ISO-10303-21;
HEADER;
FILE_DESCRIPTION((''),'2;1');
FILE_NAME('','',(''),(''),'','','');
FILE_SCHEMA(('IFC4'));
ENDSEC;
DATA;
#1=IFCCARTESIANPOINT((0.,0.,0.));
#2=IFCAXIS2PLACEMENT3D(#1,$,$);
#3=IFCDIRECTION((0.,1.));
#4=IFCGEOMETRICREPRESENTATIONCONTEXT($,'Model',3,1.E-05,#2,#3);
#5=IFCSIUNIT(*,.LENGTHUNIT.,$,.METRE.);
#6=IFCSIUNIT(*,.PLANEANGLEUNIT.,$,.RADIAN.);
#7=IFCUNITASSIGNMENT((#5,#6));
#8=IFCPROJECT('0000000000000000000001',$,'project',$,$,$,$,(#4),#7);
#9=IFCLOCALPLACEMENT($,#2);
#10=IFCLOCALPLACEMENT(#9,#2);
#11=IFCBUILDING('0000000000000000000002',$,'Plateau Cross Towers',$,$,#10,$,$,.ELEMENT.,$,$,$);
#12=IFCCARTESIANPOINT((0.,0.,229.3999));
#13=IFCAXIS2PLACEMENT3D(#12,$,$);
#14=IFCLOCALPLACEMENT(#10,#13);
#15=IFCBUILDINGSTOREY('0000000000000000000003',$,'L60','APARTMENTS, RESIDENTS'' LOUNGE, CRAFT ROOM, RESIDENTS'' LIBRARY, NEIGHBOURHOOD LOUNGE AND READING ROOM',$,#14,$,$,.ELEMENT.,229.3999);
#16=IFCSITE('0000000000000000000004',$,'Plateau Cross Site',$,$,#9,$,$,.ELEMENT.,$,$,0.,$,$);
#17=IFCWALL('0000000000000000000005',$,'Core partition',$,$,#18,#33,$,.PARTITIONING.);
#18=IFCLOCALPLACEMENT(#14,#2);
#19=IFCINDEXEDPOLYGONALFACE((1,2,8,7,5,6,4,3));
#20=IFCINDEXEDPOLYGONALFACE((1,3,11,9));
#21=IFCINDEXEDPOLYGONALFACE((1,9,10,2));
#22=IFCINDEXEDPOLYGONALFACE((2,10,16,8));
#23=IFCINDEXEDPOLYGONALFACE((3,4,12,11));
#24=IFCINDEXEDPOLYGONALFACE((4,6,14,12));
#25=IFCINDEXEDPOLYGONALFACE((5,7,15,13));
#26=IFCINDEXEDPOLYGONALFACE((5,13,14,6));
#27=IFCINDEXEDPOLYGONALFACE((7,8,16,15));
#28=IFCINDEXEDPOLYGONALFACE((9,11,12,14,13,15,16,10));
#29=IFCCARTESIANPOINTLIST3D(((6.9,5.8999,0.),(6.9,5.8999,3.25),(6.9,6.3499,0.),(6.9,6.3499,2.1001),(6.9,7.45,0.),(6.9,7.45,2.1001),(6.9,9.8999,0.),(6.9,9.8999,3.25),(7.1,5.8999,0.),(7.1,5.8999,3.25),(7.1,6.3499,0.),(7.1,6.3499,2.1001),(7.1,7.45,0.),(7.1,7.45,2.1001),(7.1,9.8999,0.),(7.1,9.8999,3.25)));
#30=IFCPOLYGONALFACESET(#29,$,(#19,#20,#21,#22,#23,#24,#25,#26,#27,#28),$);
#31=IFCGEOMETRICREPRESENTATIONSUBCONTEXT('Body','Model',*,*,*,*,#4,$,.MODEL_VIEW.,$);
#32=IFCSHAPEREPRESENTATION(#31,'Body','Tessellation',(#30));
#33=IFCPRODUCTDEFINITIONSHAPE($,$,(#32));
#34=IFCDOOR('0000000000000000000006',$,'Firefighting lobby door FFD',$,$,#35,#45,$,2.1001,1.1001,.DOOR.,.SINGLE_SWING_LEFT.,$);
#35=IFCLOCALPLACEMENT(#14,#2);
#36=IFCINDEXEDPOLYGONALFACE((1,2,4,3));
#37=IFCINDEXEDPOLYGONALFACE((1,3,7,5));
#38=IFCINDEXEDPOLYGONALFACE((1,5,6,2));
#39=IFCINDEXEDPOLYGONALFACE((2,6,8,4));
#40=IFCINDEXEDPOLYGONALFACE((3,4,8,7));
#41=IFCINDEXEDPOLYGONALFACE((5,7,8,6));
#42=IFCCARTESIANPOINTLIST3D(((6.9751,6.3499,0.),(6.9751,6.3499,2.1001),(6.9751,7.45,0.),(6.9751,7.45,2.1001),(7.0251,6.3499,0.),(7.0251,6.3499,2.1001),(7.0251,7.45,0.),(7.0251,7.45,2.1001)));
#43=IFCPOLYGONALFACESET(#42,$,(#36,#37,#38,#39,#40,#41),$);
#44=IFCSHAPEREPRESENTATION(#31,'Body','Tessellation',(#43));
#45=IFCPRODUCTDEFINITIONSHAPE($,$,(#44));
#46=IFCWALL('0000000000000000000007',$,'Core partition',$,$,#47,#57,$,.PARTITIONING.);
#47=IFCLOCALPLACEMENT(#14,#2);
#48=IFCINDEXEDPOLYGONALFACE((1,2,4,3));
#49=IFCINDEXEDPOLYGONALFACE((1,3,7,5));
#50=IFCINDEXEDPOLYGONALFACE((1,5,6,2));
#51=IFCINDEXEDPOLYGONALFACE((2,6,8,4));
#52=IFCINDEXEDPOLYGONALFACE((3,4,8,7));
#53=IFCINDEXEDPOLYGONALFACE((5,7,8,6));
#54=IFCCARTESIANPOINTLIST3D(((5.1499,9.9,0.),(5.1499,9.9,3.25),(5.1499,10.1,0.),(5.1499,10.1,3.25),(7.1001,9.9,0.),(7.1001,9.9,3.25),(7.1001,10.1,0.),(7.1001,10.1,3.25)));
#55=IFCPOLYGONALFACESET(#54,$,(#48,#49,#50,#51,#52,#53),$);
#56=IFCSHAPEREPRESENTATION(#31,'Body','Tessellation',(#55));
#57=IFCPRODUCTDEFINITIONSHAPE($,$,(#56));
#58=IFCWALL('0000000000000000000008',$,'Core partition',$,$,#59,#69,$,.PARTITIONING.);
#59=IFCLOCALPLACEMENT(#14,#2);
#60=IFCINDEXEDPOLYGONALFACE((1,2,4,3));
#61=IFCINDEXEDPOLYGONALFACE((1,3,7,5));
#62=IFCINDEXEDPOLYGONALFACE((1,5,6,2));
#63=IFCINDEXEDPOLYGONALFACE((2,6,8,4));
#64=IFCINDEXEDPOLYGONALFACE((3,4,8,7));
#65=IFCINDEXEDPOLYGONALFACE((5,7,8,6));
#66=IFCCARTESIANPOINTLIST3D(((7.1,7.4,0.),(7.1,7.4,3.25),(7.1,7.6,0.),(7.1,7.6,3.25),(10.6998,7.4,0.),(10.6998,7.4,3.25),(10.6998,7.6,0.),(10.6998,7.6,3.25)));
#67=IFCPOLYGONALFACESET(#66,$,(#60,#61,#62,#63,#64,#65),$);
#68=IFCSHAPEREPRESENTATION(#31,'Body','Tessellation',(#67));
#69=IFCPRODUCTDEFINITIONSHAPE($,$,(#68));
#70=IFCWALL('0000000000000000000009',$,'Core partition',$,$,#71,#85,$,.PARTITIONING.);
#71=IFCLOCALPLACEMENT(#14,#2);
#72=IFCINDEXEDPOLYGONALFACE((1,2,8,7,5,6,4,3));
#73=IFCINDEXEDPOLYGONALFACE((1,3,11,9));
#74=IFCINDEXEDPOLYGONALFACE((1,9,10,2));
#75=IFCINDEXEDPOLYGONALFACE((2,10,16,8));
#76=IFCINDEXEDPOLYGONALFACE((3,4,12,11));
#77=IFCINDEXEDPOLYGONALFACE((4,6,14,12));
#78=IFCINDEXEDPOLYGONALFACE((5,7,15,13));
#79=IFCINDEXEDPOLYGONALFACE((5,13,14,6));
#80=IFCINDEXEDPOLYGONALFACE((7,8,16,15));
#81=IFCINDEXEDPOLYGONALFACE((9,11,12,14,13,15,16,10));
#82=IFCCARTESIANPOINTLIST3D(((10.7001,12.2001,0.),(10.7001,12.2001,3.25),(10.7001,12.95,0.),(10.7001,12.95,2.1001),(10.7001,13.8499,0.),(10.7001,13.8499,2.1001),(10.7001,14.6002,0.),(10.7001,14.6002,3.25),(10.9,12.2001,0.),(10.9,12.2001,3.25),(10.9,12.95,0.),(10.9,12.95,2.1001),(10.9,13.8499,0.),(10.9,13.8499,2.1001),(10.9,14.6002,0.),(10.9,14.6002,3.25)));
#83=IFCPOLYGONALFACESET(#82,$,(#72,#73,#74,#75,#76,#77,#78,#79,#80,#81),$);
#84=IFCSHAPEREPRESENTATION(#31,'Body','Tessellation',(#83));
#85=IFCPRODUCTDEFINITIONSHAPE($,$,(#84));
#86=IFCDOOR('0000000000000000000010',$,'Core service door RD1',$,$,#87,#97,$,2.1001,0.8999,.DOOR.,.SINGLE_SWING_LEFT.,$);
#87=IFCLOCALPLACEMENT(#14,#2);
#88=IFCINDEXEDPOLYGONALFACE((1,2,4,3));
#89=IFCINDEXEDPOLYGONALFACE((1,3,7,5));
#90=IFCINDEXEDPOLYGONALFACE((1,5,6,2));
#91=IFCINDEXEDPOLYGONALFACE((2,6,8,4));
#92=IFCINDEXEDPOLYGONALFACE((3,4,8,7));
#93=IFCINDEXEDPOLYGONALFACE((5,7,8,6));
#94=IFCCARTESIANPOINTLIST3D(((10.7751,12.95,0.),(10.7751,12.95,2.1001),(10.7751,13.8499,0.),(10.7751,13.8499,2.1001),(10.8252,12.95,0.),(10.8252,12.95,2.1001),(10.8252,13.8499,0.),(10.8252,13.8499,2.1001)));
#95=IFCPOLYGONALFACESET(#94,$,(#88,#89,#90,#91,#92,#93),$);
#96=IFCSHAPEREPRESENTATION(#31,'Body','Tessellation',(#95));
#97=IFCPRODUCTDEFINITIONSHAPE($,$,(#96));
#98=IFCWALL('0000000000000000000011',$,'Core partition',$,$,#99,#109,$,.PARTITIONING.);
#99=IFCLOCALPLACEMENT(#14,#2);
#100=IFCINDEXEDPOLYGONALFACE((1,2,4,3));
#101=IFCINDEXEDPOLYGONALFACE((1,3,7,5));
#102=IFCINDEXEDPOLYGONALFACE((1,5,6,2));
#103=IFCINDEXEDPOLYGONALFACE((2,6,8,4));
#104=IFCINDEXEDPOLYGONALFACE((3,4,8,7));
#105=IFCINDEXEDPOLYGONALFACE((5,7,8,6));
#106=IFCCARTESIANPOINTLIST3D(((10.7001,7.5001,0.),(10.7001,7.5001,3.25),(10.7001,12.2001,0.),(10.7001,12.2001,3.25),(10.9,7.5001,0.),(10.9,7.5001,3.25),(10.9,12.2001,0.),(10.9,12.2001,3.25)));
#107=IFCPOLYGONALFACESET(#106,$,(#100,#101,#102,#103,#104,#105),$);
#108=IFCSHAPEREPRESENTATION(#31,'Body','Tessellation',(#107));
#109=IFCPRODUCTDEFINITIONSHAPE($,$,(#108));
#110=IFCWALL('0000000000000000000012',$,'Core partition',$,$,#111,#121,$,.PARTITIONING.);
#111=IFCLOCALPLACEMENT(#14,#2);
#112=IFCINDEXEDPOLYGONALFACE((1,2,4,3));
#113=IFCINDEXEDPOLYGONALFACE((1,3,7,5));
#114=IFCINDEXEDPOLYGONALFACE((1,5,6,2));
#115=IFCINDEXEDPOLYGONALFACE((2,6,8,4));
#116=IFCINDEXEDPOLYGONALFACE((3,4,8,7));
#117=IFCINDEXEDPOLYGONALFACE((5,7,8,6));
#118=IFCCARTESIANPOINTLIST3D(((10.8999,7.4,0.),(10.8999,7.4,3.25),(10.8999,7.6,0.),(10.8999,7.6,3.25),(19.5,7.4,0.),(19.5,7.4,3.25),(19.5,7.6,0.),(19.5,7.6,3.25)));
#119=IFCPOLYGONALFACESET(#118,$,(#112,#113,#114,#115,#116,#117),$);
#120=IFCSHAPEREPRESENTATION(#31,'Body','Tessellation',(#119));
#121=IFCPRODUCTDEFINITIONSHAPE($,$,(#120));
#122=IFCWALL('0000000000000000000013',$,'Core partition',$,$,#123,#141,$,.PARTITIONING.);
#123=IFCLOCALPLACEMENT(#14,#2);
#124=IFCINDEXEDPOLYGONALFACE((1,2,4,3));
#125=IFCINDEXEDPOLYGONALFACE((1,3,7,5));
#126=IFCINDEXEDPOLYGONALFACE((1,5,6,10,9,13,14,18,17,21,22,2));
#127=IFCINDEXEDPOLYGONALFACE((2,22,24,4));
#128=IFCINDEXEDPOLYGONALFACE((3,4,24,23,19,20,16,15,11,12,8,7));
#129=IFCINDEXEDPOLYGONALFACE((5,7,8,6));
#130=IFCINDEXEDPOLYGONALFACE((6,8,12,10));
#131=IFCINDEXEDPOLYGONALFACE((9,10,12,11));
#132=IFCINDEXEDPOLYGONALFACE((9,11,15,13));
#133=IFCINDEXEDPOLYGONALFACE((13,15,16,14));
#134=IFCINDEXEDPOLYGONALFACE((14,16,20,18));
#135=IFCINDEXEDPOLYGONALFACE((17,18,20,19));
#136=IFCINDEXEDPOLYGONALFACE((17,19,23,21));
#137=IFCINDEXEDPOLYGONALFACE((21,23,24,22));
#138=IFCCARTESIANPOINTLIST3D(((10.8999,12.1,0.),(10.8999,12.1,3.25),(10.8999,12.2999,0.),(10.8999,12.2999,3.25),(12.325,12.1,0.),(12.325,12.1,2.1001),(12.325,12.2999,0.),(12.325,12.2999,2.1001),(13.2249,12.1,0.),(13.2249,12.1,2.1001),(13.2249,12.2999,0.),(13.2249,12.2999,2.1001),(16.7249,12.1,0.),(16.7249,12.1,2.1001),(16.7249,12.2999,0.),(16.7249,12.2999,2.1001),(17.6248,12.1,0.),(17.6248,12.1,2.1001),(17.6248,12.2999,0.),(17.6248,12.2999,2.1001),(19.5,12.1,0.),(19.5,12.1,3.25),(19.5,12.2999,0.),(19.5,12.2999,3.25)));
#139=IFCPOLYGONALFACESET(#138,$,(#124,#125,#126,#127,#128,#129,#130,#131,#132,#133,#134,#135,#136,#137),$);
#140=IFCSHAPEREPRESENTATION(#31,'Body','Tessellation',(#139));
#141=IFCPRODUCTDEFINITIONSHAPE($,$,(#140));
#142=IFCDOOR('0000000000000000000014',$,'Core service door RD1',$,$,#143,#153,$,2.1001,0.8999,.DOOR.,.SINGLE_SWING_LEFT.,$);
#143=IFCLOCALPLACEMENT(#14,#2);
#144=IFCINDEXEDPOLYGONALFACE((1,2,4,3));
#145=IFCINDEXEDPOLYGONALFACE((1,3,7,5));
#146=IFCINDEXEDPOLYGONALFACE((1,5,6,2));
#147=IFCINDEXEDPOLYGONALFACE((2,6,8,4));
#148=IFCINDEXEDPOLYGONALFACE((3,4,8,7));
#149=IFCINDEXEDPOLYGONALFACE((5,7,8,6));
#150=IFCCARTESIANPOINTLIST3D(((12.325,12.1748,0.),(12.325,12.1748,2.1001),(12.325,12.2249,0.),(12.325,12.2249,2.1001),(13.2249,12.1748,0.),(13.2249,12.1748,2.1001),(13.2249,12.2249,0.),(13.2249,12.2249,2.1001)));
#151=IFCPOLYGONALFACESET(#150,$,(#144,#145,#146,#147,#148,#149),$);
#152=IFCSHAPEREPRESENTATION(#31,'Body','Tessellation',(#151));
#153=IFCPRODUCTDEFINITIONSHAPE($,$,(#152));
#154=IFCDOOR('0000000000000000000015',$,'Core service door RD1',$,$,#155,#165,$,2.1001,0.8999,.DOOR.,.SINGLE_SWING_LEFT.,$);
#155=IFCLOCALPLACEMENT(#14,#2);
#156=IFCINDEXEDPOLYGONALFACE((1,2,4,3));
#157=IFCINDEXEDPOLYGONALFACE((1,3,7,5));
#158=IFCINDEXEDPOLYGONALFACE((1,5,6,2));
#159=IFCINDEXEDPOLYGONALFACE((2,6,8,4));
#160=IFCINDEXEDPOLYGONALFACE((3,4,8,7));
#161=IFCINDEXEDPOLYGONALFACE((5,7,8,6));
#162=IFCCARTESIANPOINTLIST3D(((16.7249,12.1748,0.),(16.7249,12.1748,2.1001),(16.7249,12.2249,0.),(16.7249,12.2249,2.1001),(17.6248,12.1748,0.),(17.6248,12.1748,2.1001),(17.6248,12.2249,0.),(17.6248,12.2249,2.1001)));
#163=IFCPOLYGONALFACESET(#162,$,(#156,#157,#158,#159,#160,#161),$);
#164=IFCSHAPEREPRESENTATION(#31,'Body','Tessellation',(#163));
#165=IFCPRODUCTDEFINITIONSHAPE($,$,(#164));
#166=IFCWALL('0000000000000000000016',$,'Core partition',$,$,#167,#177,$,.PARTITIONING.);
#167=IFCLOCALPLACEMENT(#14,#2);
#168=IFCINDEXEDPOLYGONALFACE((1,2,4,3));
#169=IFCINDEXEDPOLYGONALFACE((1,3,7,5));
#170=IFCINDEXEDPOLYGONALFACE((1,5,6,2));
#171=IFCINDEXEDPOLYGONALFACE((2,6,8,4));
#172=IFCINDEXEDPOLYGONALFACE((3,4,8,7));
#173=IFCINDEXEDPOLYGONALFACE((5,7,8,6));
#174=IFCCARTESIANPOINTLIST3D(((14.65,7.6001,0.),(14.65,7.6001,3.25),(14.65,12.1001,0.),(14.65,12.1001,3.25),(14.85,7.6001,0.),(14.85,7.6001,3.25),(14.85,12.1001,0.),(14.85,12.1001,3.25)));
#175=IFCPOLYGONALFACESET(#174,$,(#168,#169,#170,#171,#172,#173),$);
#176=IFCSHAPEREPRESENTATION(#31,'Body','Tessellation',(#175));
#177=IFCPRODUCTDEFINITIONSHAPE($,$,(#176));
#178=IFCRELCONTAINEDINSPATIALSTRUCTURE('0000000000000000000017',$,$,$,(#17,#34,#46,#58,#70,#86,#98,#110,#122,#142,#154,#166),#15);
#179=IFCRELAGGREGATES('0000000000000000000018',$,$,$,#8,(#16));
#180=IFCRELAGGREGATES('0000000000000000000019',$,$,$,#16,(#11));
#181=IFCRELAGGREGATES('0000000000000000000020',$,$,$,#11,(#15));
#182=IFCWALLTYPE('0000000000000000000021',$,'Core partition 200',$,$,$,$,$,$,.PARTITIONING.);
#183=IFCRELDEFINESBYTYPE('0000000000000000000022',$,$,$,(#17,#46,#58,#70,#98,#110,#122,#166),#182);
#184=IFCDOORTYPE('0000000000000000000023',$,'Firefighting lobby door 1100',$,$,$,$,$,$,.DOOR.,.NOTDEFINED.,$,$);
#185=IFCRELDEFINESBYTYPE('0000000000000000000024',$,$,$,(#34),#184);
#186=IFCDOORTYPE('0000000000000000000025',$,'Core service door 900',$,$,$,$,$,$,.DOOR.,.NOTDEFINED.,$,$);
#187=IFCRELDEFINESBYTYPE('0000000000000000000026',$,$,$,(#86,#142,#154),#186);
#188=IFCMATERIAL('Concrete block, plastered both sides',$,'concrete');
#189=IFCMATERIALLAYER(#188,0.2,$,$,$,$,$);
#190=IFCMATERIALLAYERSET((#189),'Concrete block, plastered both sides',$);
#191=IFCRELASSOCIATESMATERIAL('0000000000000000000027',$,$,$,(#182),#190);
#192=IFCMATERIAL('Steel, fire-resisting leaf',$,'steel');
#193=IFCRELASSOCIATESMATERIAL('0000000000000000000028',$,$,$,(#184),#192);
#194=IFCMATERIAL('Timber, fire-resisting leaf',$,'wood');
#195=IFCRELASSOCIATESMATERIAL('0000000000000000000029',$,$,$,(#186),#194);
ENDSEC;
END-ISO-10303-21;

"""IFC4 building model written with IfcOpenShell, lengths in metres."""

from ifc_helpers import new_model, si_unit, direction, frame, frame_2d, origin, place, context, subcontext, project, spatial, rectangle, extrude, material, layer, layer_set, type_object, element, fill, save


model = new_model("IFC4")

# Units and contexts
model_context = context("Model", 3, precision=1e-05, world=origin(), true_north=direction((0.0, 1.0)))
body_context = subcontext(model_context, "Body", "Model", "MODEL_VIEW")
ifc_project = project(units=[si_unit("LENGTHUNIT", "METRE"), si_unit("PLANEANGLEUNIT", "RADIAN")], contexts=[model_context])

# Site, building, storey
site_placement = place(None, origin())
site = spatial("IfcSite", under=ifc_project, at=site_placement, Name="Plateau Cross Site", CompositionType="ELEMENT", RefElevation=0.0)
building_placement = place(site_placement, origin())
building = spatial("IfcBuilding", under=site, at=building_placement, Name="Plateau Cross Towers", CompositionType="ELEMENT")
storey_placement = place(building_placement, frame((0.0, 0.0, 229.3999)))
storey = spatial("IfcBuildingStorey", under=building, at=storey_placement, Name="L60", Description="APARTMENTS, RESIDENTS' LOUNGE, CRAFT ROOM, RESIDENTS' LIBRARY, NEIGHBOURHOOD LOUNGE AND READING ROOM", CompositionType="ELEMENT", Elevation=229.3999)

# Wall, opening, door
ifc_material_1 = material(Name="Concrete block, plastered both sides", Category="concrete")
ifc_layer_1 = layer(ifc_material_1, 0.2)
ifc_layer_set_1 = layer_set([ifc_layer_1], Name="Concrete block, plastered both sides")
wall_type_1 = type_object("IfcWallType", Name="Core partition 200", PredefinedType="PARTITIONING", material=ifc_layer_set_1)
wall_1_placement = place(storey_placement, frame((7.0, 5.8999, 0.0), z_axis=(0.0, 0.0, 1.0), x_axis=(0.0, 1.0, 0.0)))
wall_1 = element("IfcWall", 1, at=wall_1_placement, inside=storey, type_object=wall_type_1, Name="Core partition", PredefinedType="PARTITIONING", context=body_context, shape_type="SweptSolid", body=[
    extrude(rectangle(XDim=4.0, YDim=0.2, at=frame_2d((2.0, 0.0))), origin(), (0.0, 0.0, 1.0), 3.25),
])
opening_1_placement = place(wall_1_placement, frame((0.45, 0.0, 0.0)))
opening_1 = element("IfcOpeningElement", 2, at=opening_1_placement, cuts=wall_1, PredefinedType="OPENING", context=body_context, shape_type="SweptSolid", body=[
    extrude(rectangle(XDim=1.1001, YDim=2.1001, at=frame_2d((0.55, 1.05))), frame((0.0, 0.1099, 0.0), z_axis=(0.0, -1.0, 0.0), x_axis=(1.0, 0.0, 0.0)), (0.0, 0.0, 1.0), 0.22),
])
ifc_material_2 = material(Name="Steel, fire-resisting leaf", Category="steel")
door_type_1 = type_object("IfcDoorType", Name="Firefighting lobby door 1100", OperationType="NOTDEFINED", PredefinedType="DOOR", material=ifc_material_2)
door_1_placement = place(opening_1_placement, origin())
door_1 = element("IfcDoor", 3, at=door_1_placement, inside=storey, type_object=door_type_1, Name="Firefighting lobby door FFD", OperationType="SINGLE_SWING_LEFT", OverallHeight=2.1001, OverallWidth=1.1001, PredefinedType="DOOR", context=body_context, shape_type="SweptSolid", body=[
    extrude(rectangle(XDim=1.1001, YDim=2.1001, at=frame_2d((0.55, 1.05))), frame((0.0, 0.0249, 0.0), z_axis=(0.0, -1.0, 0.0), x_axis=(1.0, 0.0, 0.0)), (0.0, 0.0, 1.0), 0.05),
])
fill(opening_1, door_1)

# Walls
wall_2_placement = place(storey_placement, frame((5.1499, 10.0, 0.0), z_axis=(0.0, 0.0, 1.0), x_axis=(1.0, 0.0, 0.0)))
element("IfcWall", 4, at=wall_2_placement, inside=storey, type_object=wall_type_1, Name="Core partition", PredefinedType="PARTITIONING", context=body_context, shape_type="SweptSolid", body=[
    extrude(rectangle(XDim=1.9502, YDim=0.2, at=frame_2d((0.9751, 0.0))), origin(), (0.0, 0.0, 1.0), 3.25),
])
wall_3_placement = place(storey_placement, frame((7.1001, 7.5, 0.0), z_axis=(0.0, 0.0, 1.0), x_axis=(1.0, 0.0, 0.0)))
element("IfcWall", 5, at=wall_3_placement, inside=storey, type_object=wall_type_1, Name="Core partition", PredefinedType="PARTITIONING", context=body_context, shape_type="SweptSolid", body=[
    extrude(rectangle(XDim=3.5999, YDim=0.2, at=frame_2d((1.7998, 0.0))), origin(), (0.0, 0.0, 1.0), 3.25),
])

# Wall, opening, door
wall_4_placement = place(storey_placement, frame((10.8, 12.2, 0.0), z_axis=(0.0, 0.0, 1.0), x_axis=(0.0, 1.0, 0.0)))
wall_4 = element("IfcWall", 6, at=wall_4_placement, inside=storey, type_object=wall_type_1, Name="Core partition", PredefinedType="PARTITIONING", context=body_context, shape_type="SweptSolid", body=[
    extrude(rectangle(XDim=2.4001, YDim=0.2, at=frame_2d((1.2002, 0.0))), origin(), (0.0, 0.0, 1.0), 3.25),
])
opening_2_placement = place(wall_4_placement, frame((0.75, 0.0, 0.0)))
opening_2 = element("IfcOpeningElement", 7, at=opening_2_placement, cuts=wall_4, PredefinedType="OPENING", context=body_context, shape_type="SweptSolid", body=[
    extrude(rectangle(XDim=0.8999, YDim=2.1001, at=frame_2d((0.45, 1.05))), frame((0.0, 0.1099, 0.0), z_axis=(0.0, -1.0, 0.0), x_axis=(1.0, 0.0, 0.0)), (0.0, 0.0, 1.0), 0.22),
])
ifc_material_3 = material(Name="Timber, fire-resisting leaf", Category="wood")
door_type_2 = type_object("IfcDoorType", Name="Core service door 900", OperationType="NOTDEFINED", PredefinedType="DOOR", material=ifc_material_3)
door_2_placement = place(opening_2_placement, origin())
door_2 = element("IfcDoor", 8, at=door_2_placement, inside=storey, type_object=door_type_2, Name="Core service door RD1", OperationType="SINGLE_SWING_LEFT", OverallHeight=2.1001, OverallWidth=0.8999, PredefinedType="DOOR", context=body_context, shape_type="SweptSolid", body=[
    extrude(rectangle(XDim=0.8999, YDim=2.1001, at=frame_2d((0.45, 1.05))), frame((0.0, 0.0249, 0.0), z_axis=(0.0, -1.0, 0.0), x_axis=(1.0, 0.0, 0.0)), (0.0, 0.0, 1.0), 0.05),
])
fill(opening_2, door_2)

# Walls
wall_5_placement = place(storey_placement, frame((10.8, 7.5, 0.0), z_axis=(0.0, 0.0, 1.0), x_axis=(0.0, 1.0, 0.0)))
element("IfcWall", 9, at=wall_5_placement, inside=storey, type_object=wall_type_1, Name="Core partition", PredefinedType="PARTITIONING", context=body_context, shape_type="SweptSolid", body=[
    extrude(rectangle(XDim=4.7, YDim=0.2, at=frame_2d((2.3501, 0.0))), origin(), (0.0, 0.0, 1.0), 3.25),
])
wall_6_placement = place(storey_placement, frame((10.8999, 7.5, 0.0), z_axis=(0.0, 0.0, 1.0), x_axis=(1.0, 0.0, 0.0)))
element("IfcWall", 10, at=wall_6_placement, inside=storey, type_object=wall_type_1, Name="Core partition", PredefinedType="PARTITIONING", context=body_context, shape_type="SweptSolid", body=[
    extrude(rectangle(XDim=8.6001, YDim=0.2, at=frame_2d((4.3, 0.0))), origin(), (0.0, 0.0, 1.0), 3.25),
])

# Wall, openings, doors
wall_7_placement = place(storey_placement, frame((10.8999, 12.2, 0.0), z_axis=(0.0, 0.0, 1.0), x_axis=(1.0, 0.0, 0.0)))
wall_7 = element("IfcWall", 11, at=wall_7_placement, inside=storey, type_object=wall_type_1, Name="Core partition", PredefinedType="PARTITIONING", context=body_context, shape_type="SweptSolid", body=[
    extrude(rectangle(XDim=8.6001, YDim=0.2, at=frame_2d((4.3, 0.0))), origin(), (0.0, 0.0, 1.0), 3.25),
])
opening_3_placement = place(wall_7_placement, frame((1.425, 0.0, 0.0)))
opening_3 = element("IfcOpeningElement", 12, at=opening_3_placement, cuts=wall_7, PredefinedType="OPENING", context=body_context, shape_type="SweptSolid", body=[
    extrude(rectangle(XDim=0.8999, YDim=2.1001, at=frame_2d((0.45, 1.05))), frame((0.0, 0.1099, 0.0), z_axis=(0.0, -1.0, 0.0), x_axis=(1.0, 0.0, 0.0)), (0.0, 0.0, 1.0), 0.22),
])
opening_4_placement = place(wall_7_placement, frame((5.825, 0.0, 0.0)))
opening_4 = element("IfcOpeningElement", 13, at=opening_4_placement, cuts=wall_7, PredefinedType="OPENING", context=body_context, shape_type="SweptSolid", body=[
    extrude(rectangle(XDim=0.8999, YDim=2.1001, at=frame_2d((0.45, 1.05))), frame((0.0, 0.1099, 0.0), z_axis=(0.0, -1.0, 0.0), x_axis=(1.0, 0.0, 0.0)), (0.0, 0.0, 1.0), 0.22),
])
door_3_placement = place(opening_3_placement, origin())
door_3 = element("IfcDoor", 14, at=door_3_placement, inside=storey, type_object=door_type_2, Name="Core service door RD1", OperationType="SINGLE_SWING_LEFT", OverallHeight=2.1001, OverallWidth=0.8999, PredefinedType="DOOR", context=body_context, shape_type="SweptSolid", body=[
    extrude(rectangle(XDim=0.8999, YDim=2.1001, at=frame_2d((0.45, 1.05))), frame((0.0, 0.0249, 0.0), z_axis=(0.0, -1.0, 0.0), x_axis=(1.0, 0.0, 0.0)), (0.0, 0.0, 1.0), 0.05),
])
fill(opening_3, door_3)
door_4_placement = place(opening_4_placement, origin())
door_4 = element("IfcDoor", 15, at=door_4_placement, inside=storey, type_object=door_type_2, Name="Core service door RD1", OperationType="SINGLE_SWING_LEFT", OverallHeight=2.1001, OverallWidth=0.8999, PredefinedType="DOOR", context=body_context, shape_type="SweptSolid", body=[
    extrude(rectangle(XDim=0.8999, YDim=2.1001, at=frame_2d((0.45, 1.05))), frame((0.0, 0.0249, 0.0), z_axis=(0.0, -1.0, 0.0), x_axis=(1.0, 0.0, 0.0)), (0.0, 0.0, 1.0), 0.05),
])
fill(opening_4, door_4)

# Wall
wall_8_placement = place(storey_placement, frame((14.75, 7.6001, 0.0), z_axis=(0.0, 0.0, 1.0), x_axis=(0.0, 1.0, 0.0)))
element("IfcWall", 16, at=wall_8_placement, inside=storey, type_object=wall_type_1, Name="Core partition", PredefinedType="PARTITIONING", context=body_context, shape_type="SweptSolid", body=[
    extrude(rectangle(XDim=4.5, YDim=0.2, at=frame_2d((2.25, 0.0))), origin(), (0.0, 0.0, 1.0), 3.25),
])

save(model, "model.ifc")
